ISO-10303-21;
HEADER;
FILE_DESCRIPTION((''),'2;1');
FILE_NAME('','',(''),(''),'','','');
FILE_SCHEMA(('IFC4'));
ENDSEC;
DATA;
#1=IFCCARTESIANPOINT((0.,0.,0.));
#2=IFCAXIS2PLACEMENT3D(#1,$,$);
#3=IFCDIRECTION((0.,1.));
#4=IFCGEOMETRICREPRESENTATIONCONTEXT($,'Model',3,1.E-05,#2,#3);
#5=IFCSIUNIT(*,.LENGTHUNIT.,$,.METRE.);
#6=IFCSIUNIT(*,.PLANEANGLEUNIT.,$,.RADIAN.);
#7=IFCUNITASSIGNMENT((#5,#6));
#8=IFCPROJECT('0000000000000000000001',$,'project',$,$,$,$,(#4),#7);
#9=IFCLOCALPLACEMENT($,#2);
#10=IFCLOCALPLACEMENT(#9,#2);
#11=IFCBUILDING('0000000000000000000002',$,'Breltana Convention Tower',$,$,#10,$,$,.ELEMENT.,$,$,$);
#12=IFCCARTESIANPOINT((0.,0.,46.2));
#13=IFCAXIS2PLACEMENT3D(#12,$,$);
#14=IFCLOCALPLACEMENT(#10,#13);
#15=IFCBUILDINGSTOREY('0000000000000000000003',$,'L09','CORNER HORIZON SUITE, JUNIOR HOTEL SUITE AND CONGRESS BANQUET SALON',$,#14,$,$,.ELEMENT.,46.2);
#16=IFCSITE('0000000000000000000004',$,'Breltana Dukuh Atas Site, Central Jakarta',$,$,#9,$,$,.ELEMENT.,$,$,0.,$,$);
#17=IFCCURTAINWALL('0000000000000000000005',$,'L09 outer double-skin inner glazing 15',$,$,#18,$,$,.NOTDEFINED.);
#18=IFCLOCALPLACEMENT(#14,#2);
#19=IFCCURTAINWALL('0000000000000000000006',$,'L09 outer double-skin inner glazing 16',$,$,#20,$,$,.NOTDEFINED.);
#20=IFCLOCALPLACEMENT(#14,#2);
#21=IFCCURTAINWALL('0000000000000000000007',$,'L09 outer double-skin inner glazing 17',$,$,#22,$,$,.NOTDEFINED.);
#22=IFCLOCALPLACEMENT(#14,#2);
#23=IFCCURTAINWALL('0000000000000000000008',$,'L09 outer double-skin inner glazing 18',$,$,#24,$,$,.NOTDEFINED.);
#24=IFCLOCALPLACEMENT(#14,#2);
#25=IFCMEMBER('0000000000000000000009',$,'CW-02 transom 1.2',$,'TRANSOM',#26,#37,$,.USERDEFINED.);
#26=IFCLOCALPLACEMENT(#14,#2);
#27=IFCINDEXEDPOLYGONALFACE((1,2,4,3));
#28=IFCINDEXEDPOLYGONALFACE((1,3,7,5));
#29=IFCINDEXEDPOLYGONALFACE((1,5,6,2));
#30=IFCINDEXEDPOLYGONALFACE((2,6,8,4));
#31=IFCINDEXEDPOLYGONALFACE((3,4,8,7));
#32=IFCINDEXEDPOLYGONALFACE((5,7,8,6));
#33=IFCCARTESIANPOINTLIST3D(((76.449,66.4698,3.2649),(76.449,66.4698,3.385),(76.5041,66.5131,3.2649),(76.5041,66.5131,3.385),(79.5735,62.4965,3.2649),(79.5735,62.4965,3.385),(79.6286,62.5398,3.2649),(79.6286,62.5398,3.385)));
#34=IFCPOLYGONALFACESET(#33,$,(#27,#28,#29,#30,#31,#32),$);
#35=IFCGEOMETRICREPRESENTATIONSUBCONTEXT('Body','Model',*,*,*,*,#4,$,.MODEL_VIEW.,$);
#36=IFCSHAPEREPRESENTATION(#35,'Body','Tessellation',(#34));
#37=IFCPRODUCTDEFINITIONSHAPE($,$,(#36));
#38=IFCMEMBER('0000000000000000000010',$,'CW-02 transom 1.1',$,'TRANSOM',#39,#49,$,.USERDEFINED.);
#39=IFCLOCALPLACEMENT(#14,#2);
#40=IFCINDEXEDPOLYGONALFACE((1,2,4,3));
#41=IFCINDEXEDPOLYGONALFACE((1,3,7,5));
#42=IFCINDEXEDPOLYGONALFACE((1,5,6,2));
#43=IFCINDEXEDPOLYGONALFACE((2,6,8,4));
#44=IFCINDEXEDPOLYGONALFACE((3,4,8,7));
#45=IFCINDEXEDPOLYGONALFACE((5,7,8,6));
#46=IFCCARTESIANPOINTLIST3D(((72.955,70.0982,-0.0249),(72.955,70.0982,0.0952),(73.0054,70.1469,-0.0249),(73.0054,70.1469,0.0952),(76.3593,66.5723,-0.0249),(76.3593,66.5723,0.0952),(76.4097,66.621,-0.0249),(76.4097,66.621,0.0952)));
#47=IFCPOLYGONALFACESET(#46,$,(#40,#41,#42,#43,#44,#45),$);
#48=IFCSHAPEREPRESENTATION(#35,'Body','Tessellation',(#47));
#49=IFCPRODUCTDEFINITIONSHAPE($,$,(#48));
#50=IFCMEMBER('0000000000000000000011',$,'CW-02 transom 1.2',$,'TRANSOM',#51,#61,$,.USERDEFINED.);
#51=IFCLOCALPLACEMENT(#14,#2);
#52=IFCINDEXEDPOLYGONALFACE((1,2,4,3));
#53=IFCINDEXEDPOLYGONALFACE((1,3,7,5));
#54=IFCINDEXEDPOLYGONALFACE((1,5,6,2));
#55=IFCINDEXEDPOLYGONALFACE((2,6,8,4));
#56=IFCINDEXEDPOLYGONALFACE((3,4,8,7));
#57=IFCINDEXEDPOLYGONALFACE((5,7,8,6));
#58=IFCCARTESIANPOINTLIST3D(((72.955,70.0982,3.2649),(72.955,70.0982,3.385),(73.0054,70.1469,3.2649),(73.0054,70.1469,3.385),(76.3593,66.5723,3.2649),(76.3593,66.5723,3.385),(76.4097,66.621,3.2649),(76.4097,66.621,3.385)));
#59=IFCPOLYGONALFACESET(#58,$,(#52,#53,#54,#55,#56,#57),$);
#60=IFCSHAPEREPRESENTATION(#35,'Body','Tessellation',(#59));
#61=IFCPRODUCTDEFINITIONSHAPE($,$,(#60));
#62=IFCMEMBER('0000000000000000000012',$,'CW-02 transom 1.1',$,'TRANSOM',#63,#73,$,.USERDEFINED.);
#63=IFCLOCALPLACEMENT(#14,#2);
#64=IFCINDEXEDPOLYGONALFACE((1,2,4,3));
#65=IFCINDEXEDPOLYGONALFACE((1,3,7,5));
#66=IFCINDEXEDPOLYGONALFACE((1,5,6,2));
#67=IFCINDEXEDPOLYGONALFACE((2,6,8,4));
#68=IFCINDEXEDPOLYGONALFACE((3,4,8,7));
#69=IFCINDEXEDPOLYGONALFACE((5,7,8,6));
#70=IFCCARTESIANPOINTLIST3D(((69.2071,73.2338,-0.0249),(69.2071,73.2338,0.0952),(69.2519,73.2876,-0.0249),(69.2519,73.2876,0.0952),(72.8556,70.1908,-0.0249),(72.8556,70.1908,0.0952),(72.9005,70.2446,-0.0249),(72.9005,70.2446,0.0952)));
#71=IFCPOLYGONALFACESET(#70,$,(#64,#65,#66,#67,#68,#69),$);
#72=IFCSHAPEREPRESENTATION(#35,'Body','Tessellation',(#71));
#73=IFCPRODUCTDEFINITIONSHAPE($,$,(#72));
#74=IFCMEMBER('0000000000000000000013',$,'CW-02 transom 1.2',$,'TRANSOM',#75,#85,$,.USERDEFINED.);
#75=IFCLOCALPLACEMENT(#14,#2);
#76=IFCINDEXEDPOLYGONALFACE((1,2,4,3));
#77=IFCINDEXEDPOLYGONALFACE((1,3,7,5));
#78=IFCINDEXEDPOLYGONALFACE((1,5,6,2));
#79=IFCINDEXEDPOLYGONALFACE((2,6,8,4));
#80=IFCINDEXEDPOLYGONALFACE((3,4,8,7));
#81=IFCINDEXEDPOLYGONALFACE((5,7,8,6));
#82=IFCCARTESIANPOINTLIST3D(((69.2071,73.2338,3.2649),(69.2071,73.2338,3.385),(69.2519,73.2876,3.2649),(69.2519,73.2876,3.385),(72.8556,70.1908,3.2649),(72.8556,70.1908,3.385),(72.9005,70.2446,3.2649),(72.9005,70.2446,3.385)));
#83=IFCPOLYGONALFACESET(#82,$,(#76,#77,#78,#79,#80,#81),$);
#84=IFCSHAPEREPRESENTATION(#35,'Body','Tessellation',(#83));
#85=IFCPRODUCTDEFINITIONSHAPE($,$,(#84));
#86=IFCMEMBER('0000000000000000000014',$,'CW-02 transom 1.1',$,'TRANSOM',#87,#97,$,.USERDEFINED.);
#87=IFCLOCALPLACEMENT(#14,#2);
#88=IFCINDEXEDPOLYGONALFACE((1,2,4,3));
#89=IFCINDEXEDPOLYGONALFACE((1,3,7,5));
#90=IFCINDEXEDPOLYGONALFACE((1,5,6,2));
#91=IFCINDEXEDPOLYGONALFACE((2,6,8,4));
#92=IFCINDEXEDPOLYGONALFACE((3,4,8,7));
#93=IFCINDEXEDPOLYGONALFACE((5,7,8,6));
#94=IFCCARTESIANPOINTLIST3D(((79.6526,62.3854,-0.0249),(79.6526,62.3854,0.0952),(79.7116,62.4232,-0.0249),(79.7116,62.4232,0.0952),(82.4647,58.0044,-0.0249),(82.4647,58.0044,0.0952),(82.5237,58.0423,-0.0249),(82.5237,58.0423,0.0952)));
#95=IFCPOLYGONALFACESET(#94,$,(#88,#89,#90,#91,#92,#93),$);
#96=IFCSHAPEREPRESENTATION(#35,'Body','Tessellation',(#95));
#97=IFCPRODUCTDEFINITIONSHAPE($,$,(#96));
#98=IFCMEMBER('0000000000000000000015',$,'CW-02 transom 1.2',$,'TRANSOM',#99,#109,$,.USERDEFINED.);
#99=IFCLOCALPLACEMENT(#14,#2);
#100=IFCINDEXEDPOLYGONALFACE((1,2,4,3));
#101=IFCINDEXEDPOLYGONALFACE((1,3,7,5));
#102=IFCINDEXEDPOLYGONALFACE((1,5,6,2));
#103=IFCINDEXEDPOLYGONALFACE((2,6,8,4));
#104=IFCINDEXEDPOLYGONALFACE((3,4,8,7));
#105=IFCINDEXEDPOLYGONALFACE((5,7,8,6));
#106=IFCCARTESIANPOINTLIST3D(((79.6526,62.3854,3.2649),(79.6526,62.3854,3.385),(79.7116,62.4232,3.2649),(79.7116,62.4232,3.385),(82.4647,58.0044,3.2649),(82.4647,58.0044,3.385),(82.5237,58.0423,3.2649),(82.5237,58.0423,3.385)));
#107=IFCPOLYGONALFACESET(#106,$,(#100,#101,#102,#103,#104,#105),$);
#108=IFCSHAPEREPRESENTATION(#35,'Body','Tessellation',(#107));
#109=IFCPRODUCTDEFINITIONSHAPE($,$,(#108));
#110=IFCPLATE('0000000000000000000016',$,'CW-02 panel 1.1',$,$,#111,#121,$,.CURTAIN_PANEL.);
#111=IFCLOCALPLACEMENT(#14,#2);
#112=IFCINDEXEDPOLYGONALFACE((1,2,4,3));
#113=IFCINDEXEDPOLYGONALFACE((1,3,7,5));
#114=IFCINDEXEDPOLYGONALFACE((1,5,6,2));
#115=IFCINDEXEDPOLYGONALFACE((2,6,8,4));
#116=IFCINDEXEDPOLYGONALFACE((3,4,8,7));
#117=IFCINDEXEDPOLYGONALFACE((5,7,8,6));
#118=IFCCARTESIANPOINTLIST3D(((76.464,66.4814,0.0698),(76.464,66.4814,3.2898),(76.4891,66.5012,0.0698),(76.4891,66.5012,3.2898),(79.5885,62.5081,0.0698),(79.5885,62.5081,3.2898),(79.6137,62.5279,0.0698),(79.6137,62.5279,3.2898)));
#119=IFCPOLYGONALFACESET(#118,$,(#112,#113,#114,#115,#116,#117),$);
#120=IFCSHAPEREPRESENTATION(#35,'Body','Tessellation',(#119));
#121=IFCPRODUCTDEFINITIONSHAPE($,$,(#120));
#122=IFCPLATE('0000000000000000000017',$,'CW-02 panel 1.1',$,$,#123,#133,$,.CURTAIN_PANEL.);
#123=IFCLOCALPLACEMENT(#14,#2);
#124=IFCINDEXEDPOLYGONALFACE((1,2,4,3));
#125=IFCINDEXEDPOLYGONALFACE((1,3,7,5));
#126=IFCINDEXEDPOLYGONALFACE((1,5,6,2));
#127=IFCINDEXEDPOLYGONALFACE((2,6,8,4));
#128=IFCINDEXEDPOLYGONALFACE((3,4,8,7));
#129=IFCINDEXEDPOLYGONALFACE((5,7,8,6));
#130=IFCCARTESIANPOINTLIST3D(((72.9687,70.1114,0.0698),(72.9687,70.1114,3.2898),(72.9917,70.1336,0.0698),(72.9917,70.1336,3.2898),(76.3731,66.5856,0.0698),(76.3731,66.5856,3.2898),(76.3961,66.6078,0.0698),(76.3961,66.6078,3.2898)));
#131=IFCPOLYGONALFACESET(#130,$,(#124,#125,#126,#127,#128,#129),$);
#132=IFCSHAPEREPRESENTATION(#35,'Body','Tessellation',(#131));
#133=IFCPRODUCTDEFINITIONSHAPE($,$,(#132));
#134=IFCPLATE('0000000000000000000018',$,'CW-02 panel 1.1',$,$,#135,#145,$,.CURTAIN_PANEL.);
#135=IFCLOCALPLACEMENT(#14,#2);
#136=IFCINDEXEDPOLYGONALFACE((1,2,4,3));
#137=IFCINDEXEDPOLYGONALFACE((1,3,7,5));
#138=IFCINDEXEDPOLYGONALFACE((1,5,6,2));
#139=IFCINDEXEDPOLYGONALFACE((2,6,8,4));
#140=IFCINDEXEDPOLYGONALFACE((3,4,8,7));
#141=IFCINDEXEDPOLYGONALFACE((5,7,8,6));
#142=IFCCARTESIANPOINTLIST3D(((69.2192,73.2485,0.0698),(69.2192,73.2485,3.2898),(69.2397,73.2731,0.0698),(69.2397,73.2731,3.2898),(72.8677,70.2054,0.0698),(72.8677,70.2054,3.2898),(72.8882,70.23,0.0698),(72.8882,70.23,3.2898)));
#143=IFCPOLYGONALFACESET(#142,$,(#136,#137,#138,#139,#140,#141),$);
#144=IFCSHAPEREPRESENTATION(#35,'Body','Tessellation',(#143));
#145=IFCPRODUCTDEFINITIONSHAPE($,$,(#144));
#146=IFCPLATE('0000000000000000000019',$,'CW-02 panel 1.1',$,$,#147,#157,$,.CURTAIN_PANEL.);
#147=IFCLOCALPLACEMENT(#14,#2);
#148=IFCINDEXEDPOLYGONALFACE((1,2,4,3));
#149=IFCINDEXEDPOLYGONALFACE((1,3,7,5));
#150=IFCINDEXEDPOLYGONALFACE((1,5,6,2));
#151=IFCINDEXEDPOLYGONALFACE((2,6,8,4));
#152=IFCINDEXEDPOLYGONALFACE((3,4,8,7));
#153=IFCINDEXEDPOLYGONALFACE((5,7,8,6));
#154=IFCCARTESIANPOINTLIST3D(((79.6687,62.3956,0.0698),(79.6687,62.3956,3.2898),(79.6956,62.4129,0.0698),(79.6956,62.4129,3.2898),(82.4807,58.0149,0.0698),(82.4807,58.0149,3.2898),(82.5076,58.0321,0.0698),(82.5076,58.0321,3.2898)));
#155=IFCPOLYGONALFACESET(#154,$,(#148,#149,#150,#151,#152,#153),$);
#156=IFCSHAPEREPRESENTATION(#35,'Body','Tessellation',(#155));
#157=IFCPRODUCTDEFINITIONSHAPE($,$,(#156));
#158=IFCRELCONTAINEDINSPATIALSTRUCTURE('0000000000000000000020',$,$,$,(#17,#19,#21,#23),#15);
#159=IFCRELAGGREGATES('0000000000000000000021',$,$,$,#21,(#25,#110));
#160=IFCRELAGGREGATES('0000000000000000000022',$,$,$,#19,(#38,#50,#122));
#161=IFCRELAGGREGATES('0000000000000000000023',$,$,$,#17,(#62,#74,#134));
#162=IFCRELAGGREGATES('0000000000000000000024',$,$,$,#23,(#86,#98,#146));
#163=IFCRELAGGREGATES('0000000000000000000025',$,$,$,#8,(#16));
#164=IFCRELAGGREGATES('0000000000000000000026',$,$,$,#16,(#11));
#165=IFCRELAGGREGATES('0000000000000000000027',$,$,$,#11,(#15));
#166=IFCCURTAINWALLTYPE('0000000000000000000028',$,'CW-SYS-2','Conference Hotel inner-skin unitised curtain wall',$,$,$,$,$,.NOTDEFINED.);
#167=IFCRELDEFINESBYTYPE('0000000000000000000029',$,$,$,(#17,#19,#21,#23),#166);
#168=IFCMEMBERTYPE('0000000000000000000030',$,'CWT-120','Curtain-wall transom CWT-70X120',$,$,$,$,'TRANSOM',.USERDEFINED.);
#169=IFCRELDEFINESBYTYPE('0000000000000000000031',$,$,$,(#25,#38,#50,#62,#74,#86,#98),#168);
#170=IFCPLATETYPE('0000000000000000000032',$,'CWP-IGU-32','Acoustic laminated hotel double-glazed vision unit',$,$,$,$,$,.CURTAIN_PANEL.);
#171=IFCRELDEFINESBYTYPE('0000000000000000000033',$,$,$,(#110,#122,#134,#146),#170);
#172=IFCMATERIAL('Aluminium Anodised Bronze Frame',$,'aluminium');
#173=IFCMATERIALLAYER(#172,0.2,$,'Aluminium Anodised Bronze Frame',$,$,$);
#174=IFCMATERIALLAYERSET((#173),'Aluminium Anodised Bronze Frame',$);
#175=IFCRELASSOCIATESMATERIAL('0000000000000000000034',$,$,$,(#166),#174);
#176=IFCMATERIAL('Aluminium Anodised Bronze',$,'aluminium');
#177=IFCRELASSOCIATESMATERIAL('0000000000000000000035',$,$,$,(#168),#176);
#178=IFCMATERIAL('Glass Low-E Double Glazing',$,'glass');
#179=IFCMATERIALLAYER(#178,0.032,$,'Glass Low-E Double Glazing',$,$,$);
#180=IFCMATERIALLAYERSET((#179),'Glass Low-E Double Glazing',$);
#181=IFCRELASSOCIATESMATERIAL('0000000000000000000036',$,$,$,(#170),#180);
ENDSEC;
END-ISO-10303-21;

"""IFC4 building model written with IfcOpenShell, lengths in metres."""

from ifc_helpers import new_model, si_unit, direction, frame, origin, origin_2d, place, context, subcontext, project, spatial, rectangle, extrude, source, transform, mapped, material, layer, layer_set, material_profile, profile_set, type_object, element, aggregate, save


model = new_model("IFC4")

# Units and contexts
model_context = context("Model", 3, precision=1e-05, world=origin(), true_north=direction((0.0, 1.0)))
body_context = subcontext(model_context, "Body", "Model", "MODEL_VIEW")
ifc_project = project(units=[si_unit("LENGTHUNIT", "METRE"), si_unit("PLANEANGLEUNIT", "RADIAN")], contexts=[model_context])

# Site, building, storey
site_placement = place(None, origin())
site = spatial("IfcSite", under=ifc_project, at=site_placement, Name="Breltana Dukuh Atas Site, Central Jakarta", CompositionType="ELEMENT", RefElevation=0.0)
building_placement = place(site_placement, origin())
building = spatial("IfcBuilding", under=site, at=building_placement, Name="Breltana Convention Tower", CompositionType="ELEMENT")
storey_placement = place(building_placement, frame((0.0, 0.0, 46.2)))
storey = spatial("IfcBuildingStorey", under=building, at=storey_placement, Name="L09", Description="CORNER HORIZON SUITE, JUNIOR HOTEL SUITE AND CONGRESS BANQUET SALON", CompositionType="ELEMENT", Elevation=46.2)

# Curtain walls
ifc_material_1 = material(Name="Aluminium Anodised Bronze Frame", Category="aluminium")
ifc_layer_1 = layer(ifc_material_1, 0.2, Name="Aluminium Anodised Bronze Frame")
ifc_layer_set_1 = layer_set([ifc_layer_1], Name="Aluminium Anodised Bronze Frame")
curtain_wall_type = type_object("IfcCurtainWallType", Name="CW-SYS-2", Description="Conference Hotel inner-skin unitised curtain wall", PredefinedType="NOTDEFINED", material=ifc_layer_set_1)
curtain_wall_1_placement = place(storey_placement, origin())
curtain_wall_1 = element("IfcCurtainWall", 1, at=curtain_wall_1_placement, inside=storey, type_object=curtain_wall_type, Name="L09 outer double-skin inner glazing 15", PredefinedType="NOTDEFINED")
ifc_material_2 = material(Name="Aluminium Anodised Bronze", Category="aluminium")
curtain_wall_2_placement = place(storey_placement, origin())
curtain_wall_2 = element("IfcCurtainWall", 2, at=curtain_wall_2_placement, inside=storey, type_object=curtain_wall_type, Name="L09 outer double-skin inner glazing 16", PredefinedType="NOTDEFINED")
curtain_wall_3_placement = place(storey_placement, origin())
curtain_wall_3 = element("IfcCurtainWall", 3, at=curtain_wall_3_placement, inside=storey, type_object=curtain_wall_type, Name="L09 outer double-skin inner glazing 17", PredefinedType="NOTDEFINED")
curtain_wall_4_placement = place(storey_placement, origin())
curtain_wall_4 = element("IfcCurtainWall", 4, at=curtain_wall_4_placement, inside=storey, type_object=curtain_wall_type, Name="L09 outer double-skin inner glazing 18", PredefinedType="NOTDEFINED")

# Members
ifc_material_profile_1 = material_profile(ifc_material_2, rectangle(XDim=0.0701, YDim=0.1201, at=origin_2d()), Name="CWT-70X120")
ifc_profile_set_1 = profile_set([ifc_material_profile_1], Name="Aluminium Anodised Bronze")
member_type_1 = type_object("IfcMemberType", Name="CWT-120", Description="Curtain-wall transom CWT-70X120", ElementType="TRANSOM", PredefinedType="USERDEFINED", material=ifc_profile_set_1)
shared_shape_1 = source(origin(), body_context, "Body", "SweptSolid", [
    extrude(rectangle(XDim=0.0701, YDim=0.1201, at=origin_2d()), origin(), (0.0, 0.0, 1.0), 5.0547),
])
member_1_placement = place(storey_placement, frame((76.4766, 66.4915, 3.325), z_axis=(0.618135, -0.786072, 0.0), x_axis=(0.786072, 0.618135, 0.0)))
member_1 = element("IfcMember", 5, at=member_1_placement, type_object=member_type_1, Name="CW-02 transom 1.2", ObjectType="TRANSOM", PredefinedType="USERDEFINED", context=body_context, shape_type="MappedRepresentation", body=[
    mapped(shared_shape_1, transform((0.0, 0.0, 0.0), scale=1.0)),
])
shared_shape_2 = source(origin(), body_context, "Body", "SweptSolid", [
    extrude(rectangle(XDim=0.0701, YDim=0.1201, at=origin_2d()), origin(), (0.0, 0.0, 1.0), 4.9011),
])
member_2_placement = place(storey_placement, frame((72.9802, 70.1226, 0.0352), z_axis=(0.694595, -0.719401, 0.0), x_axis=(0.719401, 0.694595, 0.0)))
member_2 = element("IfcMember", 6, at=member_2_placement, type_object=member_type_1, Name="CW-02 transom 1.1", ObjectType="TRANSOM", PredefinedType="USERDEFINED", context=body_context, shape_type="MappedRepresentation", body=[
    mapped(shared_shape_2, transform((0.0, 0.0, 0.0), scale=1.0)),
])
member_3_placement = place(storey_placement, frame((72.9802, 70.1226, 3.325), z_axis=(0.694595, -0.719401, 0.0), x_axis=(0.719401, 0.694595, 0.0)))
member_3 = element("IfcMember", 7, at=member_3_placement, type_object=member_type_1, Name="CW-02 transom 1.2", ObjectType="TRANSOM", PredefinedType="USERDEFINED", context=body_context, shape_type="MappedRepresentation", body=[
    mapped(shared_shape_2, transform((0.0, 0.0, 0.0), scale=1.0)),
])
shared_shape_3 = source(origin(), body_context, "Body", "SweptSolid", [
    extrude(rectangle(XDim=0.0701, YDim=0.1201, at=origin_2d()), origin(), (0.0, 0.0, 1.0), 4.751),
])
member_4_placement = place(storey_placement, frame((69.2295, 73.2607, 0.0352), z_axis=(0.767952, -0.640508, 0.0), x_axis=(0.640508, 0.767952, 0.0)))
member_4 = element("IfcMember", 8, at=member_4_placement, type_object=member_type_1, Name="CW-02 transom 1.1", ObjectType="TRANSOM", PredefinedType="USERDEFINED", context=body_context, shape_type="MappedRepresentation", body=[
    mapped(shared_shape_3, transform((0.0, 0.0, 0.0), scale=1.0)),
])
member_5_placement = place(storey_placement, frame((69.2295, 73.2607, 3.325), z_axis=(0.767952, -0.640508, 0.0), x_axis=(0.640508, 0.767952, 0.0)))
member_5 = element("IfcMember", 9, at=member_5_placement, type_object=member_type_1, Name="CW-02 transom 1.2", ObjectType="TRANSOM", PredefinedType="USERDEFINED", context=body_context, shape_type="MappedRepresentation", body=[
    mapped(shared_shape_3, transform((0.0, 0.0, 0.0), scale=1.0)),
])
shared_shape_4 = source(origin(), body_context, "Body", "SweptSolid", [
    extrude(rectangle(XDim=0.0701, YDim=0.1201, at=origin_2d()), origin(), (0.0, 0.0, 1.0), 5.2058),
])
member_6_placement = place(storey_placement, frame((79.6821, 62.4043, 0.0352), z_axis=(0.540179, -0.84155, 0.0), x_axis=(0.84155, 0.540179, 0.0)))
member_6 = element("IfcMember", 10, at=member_6_placement, type_object=member_type_1, Name="CW-02 transom 1.1", ObjectType="TRANSOM", PredefinedType="USERDEFINED", context=body_context, shape_type="MappedRepresentation", body=[
    mapped(shared_shape_4, transform((0.0, 0.0, 0.0), scale=1.0)),
])
member_7_placement = place(storey_placement, frame((79.6821, 62.4043, 3.325), z_axis=(0.540179, -0.84155, 0.0), x_axis=(0.84155, 0.540179, 0.0)))
member_7 = element("IfcMember", 11, at=member_7_placement, type_object=member_type_1, Name="CW-02 transom 1.2", ObjectType="TRANSOM", PredefinedType="USERDEFINED", context=body_context, shape_type="MappedRepresentation", body=[
    mapped(shared_shape_4, transform((0.0, 0.0, 0.0), scale=1.0)),
])

# Plates
ifc_material_3 = material(Name="Glass Low-E Double Glazing", Category="glass")
ifc_layer_2 = layer(ifc_material_3, 0.032, Name="Glass Low-E Double Glazing")
ifc_layer_set_2 = layer_set([ifc_layer_2], Name="Glass Low-E Double Glazing")
plate_type = type_object("IfcPlateType", Name="CWP-IGU-32", Description="Acoustic laminated hotel double-glazed vision unit", PredefinedType="CURTAIN_PANEL", material=ifc_layer_set_2)
shared_shape_5 = source(origin(), body_context, "Body", "SweptSolid", [
    extrude(rectangle(XDim=5.0547, YDim=0.032, at=origin_2d()), origin(), (0.0, 0.0, 1.0), 3.22),
])
plate_1_placement = place(storey_placement, frame((78.0388, 64.5046, 0.0698), z_axis=(0.0, 0.0, 1.0), x_axis=(0.618154, -0.786057, 0.0)))
plate_1 = element("IfcPlate", 12, at=plate_1_placement, type_object=plate_type, Name="CW-02 panel 1.1", PredefinedType="CURTAIN_PANEL", context=body_context, shape_type="MappedRepresentation", body=[
    mapped(shared_shape_5, transform((0.0, 0.0, 0.0), scale=1.0)),
])
aggregate(curtain_wall_3, [member_1, plate_1])
shared_shape_6 = source(origin(), body_context, "Body", "SweptSolid", [
    extrude(rectangle(XDim=4.9011, YDim=0.032, at=origin_2d()), origin(), (0.0, 0.0, 1.0), 3.22),
])
plate_2_placement = place(storey_placement, frame((74.6824, 68.3596, 0.0698), z_axis=(0.0, 0.0, 1.0), x_axis=(0.69461, -0.719386, 0.0)))
plate_2 = element("IfcPlate", 13, at=plate_2_placement, type_object=plate_type, Name="CW-02 panel 1.1", PredefinedType="CURTAIN_PANEL", context=body_context, shape_type="MappedRepresentation", body=[
    mapped(shared_shape_6, transform((0.0, 0.0, 0.0), scale=1.0)),
])
aggregate(curtain_wall_2, [member_2, member_3, plate_2])
shared_shape_7 = source(origin(), body_context, "Body", "SweptSolid", [
    extrude(rectangle(XDim=4.751, YDim=0.032, at=origin_2d()), origin(), (0.0, 0.0, 1.0), 3.22),
])
plate_3_placement = place(storey_placement, frame((71.0537, 71.7393, 0.0698), z_axis=(0.0, 0.0, 1.0), x_axis=(0.767941, -0.64052, 0.0)))
plate_3 = element("IfcPlate", 14, at=plate_3_placement, type_object=plate_type, Name="CW-02 panel 1.1", PredefinedType="CURTAIN_PANEL", context=body_context, shape_type="MappedRepresentation", body=[
    mapped(shared_shape_7, transform((0.0, 0.0, 0.0), scale=1.0)),
])
aggregate(curtain_wall_1, [member_4, member_5, plate_3])
shared_shape_8 = source(origin(), body_context, "Body", "SweptSolid", [
    extrude(rectangle(XDim=5.2056, YDim=0.032, at=origin_2d()), origin(), (0.0, 0.0, 1.0), 3.22),
])
plate_4_placement = place(storey_placement, frame((81.0881, 60.2139, 0.0698), z_axis=(0.0, 0.0, 1.0), x_axis=(0.540181, -0.841549, 0.0)))
plate_4 = element("IfcPlate", 15, at=plate_4_placement, type_object=plate_type, Name="CW-02 panel 1.1", PredefinedType="CURTAIN_PANEL", context=body_context, shape_type="MappedRepresentation", body=[
    mapped(shared_shape_8, transform((0.0, 0.0, 0.0), scale=1.0)),
])
aggregate(curtain_wall_4, [member_6, member_7, plate_4])

save(model, "model.ifc")
